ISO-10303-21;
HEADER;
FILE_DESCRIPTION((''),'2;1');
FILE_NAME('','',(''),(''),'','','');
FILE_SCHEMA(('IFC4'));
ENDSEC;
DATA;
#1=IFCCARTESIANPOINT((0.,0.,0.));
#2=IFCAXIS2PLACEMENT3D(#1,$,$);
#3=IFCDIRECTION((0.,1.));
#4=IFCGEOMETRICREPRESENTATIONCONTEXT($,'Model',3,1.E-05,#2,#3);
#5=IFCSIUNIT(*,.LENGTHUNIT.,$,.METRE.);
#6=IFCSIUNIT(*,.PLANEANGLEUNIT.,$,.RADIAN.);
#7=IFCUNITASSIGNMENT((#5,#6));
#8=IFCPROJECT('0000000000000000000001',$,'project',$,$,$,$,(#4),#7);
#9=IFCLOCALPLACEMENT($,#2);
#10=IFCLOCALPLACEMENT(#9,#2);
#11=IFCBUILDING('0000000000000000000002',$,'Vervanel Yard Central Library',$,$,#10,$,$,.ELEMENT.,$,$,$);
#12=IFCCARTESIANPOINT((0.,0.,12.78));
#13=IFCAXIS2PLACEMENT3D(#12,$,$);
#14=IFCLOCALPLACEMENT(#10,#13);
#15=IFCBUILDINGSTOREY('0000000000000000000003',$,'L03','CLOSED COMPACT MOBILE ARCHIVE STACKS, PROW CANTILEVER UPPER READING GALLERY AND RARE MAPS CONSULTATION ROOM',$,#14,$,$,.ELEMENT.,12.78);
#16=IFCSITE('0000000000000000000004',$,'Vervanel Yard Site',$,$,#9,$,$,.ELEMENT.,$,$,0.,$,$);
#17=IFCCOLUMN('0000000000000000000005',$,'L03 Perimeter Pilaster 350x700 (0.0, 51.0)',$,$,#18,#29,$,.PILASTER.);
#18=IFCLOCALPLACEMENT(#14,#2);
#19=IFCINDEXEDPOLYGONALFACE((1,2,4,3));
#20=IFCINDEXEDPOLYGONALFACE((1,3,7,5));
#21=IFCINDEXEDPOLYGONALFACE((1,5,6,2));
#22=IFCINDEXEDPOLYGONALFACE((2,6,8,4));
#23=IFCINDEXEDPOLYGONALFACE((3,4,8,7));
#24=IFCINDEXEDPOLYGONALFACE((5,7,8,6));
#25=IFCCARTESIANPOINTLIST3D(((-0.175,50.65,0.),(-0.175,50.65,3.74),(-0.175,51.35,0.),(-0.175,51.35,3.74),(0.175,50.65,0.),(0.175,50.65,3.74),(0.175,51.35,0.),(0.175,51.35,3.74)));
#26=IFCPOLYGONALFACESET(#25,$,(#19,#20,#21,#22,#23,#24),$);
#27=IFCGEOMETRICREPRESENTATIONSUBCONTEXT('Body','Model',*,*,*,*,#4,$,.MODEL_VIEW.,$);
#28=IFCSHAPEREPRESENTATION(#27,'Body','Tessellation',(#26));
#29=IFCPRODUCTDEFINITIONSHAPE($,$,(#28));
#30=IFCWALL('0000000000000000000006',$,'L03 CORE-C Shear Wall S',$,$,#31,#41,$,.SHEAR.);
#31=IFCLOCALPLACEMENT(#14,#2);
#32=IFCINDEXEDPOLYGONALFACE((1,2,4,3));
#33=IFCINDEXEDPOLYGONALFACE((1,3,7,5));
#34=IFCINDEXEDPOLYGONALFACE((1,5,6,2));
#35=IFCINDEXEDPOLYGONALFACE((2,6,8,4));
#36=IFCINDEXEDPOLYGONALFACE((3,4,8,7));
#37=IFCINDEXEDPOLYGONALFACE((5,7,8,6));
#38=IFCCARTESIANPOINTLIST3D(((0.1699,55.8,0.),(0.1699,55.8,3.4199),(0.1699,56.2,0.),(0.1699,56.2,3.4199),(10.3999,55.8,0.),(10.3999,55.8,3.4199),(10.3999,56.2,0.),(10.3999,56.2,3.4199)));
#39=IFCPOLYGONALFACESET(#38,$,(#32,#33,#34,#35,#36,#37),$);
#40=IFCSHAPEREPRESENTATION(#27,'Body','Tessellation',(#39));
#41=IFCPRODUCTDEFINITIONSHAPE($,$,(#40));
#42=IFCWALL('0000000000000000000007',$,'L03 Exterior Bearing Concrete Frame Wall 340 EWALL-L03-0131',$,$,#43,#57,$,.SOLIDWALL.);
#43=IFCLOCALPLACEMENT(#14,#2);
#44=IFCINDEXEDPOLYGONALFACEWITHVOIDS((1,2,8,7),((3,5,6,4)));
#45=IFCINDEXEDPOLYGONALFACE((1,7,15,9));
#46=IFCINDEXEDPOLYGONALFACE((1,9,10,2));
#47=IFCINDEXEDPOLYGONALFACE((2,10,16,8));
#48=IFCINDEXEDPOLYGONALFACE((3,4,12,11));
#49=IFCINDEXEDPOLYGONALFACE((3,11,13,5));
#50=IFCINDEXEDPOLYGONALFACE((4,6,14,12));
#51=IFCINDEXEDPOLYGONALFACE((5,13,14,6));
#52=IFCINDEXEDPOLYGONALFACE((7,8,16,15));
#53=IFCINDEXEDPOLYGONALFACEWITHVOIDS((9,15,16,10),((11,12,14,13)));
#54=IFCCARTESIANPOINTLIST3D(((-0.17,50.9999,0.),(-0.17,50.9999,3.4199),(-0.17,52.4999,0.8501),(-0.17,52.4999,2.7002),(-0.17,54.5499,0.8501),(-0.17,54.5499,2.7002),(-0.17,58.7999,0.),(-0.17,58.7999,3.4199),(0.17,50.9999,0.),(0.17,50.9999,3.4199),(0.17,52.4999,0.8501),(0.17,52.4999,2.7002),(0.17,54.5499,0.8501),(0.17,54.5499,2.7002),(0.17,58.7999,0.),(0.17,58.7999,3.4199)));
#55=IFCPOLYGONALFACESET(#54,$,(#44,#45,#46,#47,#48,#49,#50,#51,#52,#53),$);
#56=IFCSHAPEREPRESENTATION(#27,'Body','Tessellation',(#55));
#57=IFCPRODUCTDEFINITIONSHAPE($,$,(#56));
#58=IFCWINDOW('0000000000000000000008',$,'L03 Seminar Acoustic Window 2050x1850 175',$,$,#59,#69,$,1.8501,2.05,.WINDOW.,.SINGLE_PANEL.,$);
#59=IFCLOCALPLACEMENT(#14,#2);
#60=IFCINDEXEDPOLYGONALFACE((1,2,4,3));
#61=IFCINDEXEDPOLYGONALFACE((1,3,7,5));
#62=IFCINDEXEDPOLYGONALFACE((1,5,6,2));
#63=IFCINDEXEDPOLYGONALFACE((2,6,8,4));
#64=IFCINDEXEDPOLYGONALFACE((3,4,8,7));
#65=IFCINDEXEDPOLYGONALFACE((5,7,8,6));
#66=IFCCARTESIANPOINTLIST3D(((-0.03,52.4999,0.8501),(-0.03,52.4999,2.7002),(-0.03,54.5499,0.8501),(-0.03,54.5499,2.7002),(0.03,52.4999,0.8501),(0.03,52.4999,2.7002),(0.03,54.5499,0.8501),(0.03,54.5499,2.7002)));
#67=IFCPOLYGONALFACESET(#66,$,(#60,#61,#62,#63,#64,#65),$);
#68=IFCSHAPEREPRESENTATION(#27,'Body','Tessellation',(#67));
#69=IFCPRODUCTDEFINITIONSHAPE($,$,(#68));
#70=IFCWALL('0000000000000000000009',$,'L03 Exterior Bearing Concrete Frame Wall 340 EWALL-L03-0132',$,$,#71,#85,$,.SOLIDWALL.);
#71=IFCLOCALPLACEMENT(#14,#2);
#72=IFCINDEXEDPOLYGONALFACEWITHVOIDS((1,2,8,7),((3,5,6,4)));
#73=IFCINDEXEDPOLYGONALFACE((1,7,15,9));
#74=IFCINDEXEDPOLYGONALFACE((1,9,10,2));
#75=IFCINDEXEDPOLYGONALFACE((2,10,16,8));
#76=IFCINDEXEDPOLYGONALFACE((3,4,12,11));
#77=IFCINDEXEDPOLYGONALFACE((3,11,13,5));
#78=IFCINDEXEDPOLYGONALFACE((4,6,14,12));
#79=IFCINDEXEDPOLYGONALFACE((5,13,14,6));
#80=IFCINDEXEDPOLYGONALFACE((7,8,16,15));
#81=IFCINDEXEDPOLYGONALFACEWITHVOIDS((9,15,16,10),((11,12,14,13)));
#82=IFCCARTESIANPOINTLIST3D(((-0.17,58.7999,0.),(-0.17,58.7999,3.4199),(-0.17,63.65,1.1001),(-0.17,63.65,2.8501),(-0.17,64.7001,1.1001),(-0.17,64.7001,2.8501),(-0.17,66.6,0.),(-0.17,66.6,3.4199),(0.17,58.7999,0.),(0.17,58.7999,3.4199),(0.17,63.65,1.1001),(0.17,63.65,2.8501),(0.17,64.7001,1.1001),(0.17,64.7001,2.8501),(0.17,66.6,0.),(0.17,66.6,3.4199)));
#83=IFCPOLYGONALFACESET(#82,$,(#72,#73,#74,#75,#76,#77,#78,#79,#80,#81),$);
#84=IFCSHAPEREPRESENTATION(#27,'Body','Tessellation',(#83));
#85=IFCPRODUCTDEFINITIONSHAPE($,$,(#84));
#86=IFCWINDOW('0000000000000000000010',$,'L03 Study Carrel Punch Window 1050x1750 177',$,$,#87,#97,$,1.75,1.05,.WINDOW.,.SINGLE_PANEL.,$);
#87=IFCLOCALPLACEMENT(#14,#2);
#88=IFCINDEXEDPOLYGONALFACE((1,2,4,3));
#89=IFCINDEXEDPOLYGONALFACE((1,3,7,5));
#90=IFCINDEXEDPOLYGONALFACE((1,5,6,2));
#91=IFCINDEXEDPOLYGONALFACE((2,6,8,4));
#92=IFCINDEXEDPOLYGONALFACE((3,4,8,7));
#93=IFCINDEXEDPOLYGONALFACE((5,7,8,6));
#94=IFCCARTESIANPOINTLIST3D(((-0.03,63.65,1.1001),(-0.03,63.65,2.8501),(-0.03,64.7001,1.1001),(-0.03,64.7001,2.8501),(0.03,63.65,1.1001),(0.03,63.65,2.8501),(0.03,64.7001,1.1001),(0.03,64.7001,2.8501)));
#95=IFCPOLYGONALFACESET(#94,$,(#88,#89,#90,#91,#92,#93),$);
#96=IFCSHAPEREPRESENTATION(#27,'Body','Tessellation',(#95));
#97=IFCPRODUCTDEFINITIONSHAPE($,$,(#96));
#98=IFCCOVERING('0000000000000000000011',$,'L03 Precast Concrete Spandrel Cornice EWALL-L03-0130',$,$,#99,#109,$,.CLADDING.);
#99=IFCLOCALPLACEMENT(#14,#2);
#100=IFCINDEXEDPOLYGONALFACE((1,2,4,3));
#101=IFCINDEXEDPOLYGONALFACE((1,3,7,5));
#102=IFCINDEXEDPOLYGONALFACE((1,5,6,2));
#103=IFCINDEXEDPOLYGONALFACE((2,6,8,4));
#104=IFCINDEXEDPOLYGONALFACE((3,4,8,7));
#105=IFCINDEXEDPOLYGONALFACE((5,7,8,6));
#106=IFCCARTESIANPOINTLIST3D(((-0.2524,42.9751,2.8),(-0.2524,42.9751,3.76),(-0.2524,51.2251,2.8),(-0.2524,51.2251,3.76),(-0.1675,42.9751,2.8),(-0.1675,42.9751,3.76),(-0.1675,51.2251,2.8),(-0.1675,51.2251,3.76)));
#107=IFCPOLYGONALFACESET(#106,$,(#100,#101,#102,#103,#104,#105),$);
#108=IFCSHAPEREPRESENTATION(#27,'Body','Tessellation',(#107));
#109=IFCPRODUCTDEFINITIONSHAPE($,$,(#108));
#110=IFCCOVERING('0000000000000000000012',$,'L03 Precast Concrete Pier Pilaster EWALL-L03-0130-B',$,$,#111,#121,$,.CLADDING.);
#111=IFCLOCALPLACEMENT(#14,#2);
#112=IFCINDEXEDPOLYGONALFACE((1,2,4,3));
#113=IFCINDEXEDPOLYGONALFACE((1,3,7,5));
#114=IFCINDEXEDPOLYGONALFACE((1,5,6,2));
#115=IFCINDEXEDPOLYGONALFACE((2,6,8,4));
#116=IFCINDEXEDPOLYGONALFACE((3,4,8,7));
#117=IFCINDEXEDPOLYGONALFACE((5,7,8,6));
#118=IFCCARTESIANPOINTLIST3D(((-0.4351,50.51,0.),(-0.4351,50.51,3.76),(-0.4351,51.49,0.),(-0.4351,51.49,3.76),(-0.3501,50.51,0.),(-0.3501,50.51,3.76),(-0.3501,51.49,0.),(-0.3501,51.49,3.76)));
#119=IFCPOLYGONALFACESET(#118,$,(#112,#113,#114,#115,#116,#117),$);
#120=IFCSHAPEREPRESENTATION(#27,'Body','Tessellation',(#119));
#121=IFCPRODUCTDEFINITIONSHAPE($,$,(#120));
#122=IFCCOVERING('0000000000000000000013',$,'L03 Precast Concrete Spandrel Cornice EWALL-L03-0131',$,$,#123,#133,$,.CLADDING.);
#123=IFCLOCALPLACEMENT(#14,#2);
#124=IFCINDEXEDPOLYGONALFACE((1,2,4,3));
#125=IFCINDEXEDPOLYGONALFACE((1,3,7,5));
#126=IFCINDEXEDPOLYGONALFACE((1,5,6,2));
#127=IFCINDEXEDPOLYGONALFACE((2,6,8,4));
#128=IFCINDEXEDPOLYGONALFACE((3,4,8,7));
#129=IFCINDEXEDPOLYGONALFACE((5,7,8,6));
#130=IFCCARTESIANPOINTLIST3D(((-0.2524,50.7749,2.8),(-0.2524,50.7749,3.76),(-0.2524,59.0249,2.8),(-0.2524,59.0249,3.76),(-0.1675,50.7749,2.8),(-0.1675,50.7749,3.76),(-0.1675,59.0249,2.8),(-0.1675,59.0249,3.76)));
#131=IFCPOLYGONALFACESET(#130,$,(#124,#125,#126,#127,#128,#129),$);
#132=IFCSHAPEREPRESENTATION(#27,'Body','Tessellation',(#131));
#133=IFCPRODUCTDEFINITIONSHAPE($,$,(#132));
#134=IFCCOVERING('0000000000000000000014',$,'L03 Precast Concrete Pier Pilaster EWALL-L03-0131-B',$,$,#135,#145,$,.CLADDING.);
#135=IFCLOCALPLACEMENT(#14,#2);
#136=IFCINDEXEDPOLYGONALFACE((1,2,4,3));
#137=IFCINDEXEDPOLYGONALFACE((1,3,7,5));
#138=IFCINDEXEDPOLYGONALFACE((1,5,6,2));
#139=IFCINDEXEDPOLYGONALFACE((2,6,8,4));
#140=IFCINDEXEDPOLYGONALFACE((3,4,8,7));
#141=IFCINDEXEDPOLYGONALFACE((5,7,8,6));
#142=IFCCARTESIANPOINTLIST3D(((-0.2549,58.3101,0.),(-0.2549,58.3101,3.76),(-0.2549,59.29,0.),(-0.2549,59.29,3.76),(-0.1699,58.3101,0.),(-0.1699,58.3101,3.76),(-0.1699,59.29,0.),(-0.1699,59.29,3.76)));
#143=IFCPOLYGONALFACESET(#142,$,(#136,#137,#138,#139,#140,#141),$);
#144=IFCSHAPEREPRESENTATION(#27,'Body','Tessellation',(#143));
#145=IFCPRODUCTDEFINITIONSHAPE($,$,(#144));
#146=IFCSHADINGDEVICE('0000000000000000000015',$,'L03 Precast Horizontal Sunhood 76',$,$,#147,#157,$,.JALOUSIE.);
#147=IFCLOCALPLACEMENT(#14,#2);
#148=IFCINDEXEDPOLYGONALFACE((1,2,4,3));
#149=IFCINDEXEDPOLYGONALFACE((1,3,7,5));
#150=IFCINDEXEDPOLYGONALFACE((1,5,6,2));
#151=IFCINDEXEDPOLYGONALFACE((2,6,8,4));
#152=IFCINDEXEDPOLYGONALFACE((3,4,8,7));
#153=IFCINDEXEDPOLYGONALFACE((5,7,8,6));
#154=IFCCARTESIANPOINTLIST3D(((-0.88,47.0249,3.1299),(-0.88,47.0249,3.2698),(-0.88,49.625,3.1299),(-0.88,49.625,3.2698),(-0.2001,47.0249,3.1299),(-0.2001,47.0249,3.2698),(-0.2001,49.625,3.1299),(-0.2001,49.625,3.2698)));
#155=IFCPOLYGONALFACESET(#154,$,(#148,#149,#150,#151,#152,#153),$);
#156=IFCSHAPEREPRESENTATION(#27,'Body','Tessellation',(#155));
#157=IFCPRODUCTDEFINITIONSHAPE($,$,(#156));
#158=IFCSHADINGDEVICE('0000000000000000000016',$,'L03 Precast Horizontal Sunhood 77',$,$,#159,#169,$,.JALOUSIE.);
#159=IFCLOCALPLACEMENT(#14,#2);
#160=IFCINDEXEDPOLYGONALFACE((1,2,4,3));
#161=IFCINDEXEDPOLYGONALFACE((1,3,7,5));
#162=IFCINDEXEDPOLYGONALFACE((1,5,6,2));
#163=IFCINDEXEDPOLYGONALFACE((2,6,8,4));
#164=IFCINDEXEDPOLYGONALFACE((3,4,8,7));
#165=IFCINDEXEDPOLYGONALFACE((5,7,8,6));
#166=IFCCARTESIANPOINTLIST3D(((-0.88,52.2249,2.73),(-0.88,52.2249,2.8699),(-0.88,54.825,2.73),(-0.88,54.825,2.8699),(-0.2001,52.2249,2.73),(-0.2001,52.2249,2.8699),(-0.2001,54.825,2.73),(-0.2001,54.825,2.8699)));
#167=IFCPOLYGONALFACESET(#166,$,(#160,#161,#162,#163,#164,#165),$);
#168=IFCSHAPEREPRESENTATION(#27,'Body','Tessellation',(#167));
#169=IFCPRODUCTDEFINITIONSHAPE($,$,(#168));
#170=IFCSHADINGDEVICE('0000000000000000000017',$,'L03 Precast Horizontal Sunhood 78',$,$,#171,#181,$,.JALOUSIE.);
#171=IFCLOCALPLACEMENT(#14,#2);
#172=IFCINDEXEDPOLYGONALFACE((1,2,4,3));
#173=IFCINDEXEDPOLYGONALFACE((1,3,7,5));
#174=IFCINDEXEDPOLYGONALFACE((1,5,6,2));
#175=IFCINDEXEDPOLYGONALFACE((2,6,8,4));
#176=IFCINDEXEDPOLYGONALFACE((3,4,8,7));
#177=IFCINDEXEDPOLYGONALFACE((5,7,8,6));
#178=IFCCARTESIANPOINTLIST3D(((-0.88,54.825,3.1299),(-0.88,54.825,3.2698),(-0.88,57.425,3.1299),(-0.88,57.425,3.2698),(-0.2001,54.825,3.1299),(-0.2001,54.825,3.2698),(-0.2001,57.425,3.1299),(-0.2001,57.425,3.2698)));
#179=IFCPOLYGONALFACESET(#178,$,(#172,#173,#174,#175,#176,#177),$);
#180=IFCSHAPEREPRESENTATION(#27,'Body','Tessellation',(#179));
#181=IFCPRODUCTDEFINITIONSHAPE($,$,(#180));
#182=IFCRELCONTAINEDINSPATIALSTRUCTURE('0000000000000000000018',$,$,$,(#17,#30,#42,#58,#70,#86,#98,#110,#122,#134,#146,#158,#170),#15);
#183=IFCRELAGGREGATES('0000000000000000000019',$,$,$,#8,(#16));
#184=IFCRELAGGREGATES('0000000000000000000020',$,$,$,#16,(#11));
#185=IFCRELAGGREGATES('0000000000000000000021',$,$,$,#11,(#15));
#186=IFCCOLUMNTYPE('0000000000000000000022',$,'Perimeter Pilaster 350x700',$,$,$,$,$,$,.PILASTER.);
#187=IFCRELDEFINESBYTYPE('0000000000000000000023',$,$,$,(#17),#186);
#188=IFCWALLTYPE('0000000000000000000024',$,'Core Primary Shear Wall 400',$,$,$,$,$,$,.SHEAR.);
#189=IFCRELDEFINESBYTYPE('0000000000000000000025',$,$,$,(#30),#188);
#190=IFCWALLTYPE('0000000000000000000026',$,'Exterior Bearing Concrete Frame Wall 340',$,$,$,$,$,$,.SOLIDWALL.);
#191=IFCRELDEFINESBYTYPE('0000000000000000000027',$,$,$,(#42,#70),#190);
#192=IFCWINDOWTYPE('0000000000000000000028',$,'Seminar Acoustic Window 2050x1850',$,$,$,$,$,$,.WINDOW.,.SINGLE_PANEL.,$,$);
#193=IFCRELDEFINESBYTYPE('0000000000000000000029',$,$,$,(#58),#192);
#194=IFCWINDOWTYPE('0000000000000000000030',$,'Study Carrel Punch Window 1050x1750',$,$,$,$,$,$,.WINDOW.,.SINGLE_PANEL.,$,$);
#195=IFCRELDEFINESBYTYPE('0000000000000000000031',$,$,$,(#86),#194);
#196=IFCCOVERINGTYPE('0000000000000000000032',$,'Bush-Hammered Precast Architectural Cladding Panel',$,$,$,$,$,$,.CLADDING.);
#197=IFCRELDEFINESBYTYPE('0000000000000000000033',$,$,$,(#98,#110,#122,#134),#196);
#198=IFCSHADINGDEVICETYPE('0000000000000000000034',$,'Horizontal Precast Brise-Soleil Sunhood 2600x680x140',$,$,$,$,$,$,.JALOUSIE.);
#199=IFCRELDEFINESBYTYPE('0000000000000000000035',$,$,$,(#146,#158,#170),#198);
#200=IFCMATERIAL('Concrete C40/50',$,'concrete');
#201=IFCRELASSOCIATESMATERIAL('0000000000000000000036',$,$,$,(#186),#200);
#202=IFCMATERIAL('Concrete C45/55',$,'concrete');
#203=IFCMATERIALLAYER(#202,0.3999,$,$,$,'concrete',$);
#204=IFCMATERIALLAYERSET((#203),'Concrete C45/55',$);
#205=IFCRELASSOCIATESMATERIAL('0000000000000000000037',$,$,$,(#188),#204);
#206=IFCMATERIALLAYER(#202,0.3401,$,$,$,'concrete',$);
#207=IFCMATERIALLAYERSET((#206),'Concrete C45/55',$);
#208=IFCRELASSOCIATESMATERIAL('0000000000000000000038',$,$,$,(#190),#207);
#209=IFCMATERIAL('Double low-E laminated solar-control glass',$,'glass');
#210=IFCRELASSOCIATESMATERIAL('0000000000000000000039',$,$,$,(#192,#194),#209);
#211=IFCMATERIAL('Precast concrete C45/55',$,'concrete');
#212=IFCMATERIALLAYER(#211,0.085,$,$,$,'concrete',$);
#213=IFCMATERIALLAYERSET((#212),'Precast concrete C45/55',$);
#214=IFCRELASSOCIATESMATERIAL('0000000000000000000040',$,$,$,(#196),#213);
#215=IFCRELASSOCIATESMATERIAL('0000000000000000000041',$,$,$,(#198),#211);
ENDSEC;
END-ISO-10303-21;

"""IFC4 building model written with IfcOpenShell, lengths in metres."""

from ifc_helpers import new_model, si_unit, direction, frame, frame_2d, origin, origin_2d, place, context, subcontext, project, spatial, rectangle, extrude, material, layer, layer_set, material_profile, profile_set, type_object, element, fill, save


model = new_model("IFC4")

# Units and contexts
model_context = context("Model", 3, precision=1e-05, world=origin(), true_north=direction((0.0, 1.0)))
body_context = subcontext(model_context, "Body", "Model", "MODEL_VIEW")
ifc_project = project(units=[si_unit("LENGTHUNIT", "METRE"), si_unit("PLANEANGLEUNIT", "RADIAN")], contexts=[model_context])

# Site, building, storey
site_placement = place(None, origin())
site = spatial("IfcSite", under=ifc_project, at=site_placement, Name="Vervanel Yard Site", CompositionType="ELEMENT", RefElevation=0.0)
building_placement = place(site_placement, origin())
building = spatial("IfcBuilding", under=site, at=building_placement, Name="Vervanel Yard Central Library", CompositionType="ELEMENT")
storey_placement = place(building_placement, frame((0.0, 0.0, 12.78)))
storey = spatial("IfcBuildingStorey", under=building, at=storey_placement, Name="L03", Description="CLOSED COMPACT MOBILE ARCHIVE STACKS, PROW CANTILEVER UPPER READING GALLERY AND RARE MAPS CONSULTATION ROOM", CompositionType="ELEMENT", Elevation=12.78)

# Column
ifc_material_1 = material(Name="Concrete C40/50", Category="concrete")
ifc_material_profile = material_profile(ifc_material_1, rectangle(XDim=0.3501, YDim=0.7, at=origin_2d()), Name="RC 350x700", Category="concrete")
ifc_profile_set = profile_set([ifc_material_profile], Name="Concrete C40/50")
column_type = type_object("IfcColumnType", Name="Perimeter Pilaster 350x700", PredefinedType="PILASTER", material=ifc_profile_set)
column_placement = place(storey_placement, frame((0.0, 51.0, 0.0), z_axis=(0.0, 0.0, 1.0), x_axis=(1.0, 0.0, 0.0)))
element("IfcColumn", 1, at=column_placement, inside=storey, type_object=column_type, Name="L03 Perimeter Pilaster 350x700 (0.0, 51.0)", PredefinedType="PILASTER", context=body_context, shape_type="SweptSolid", body=[
    extrude(rectangle(XDim=0.3501, YDim=0.7, at=origin_2d()), origin(), (0.0, 0.0, 1.0), 3.74),
])

# Wall
ifc_material_2 = material(Name="Concrete C45/55", Category="concrete")
ifc_layer_1 = layer(ifc_material_2, 0.3999, Category="concrete")
ifc_layer_set_1 = layer_set([ifc_layer_1], Name="Concrete C45/55")
wall_type_1 = type_object("IfcWallType", Name="Core Primary Shear Wall 400", PredefinedType="SHEAR", material=ifc_layer_set_1)
wall_1_placement = place(storey_placement, frame((0.1699, 56.0, 0.0), z_axis=(0.0, 0.0, 1.0), x_axis=(1.0, 0.0, 0.0)))
element("IfcWall", 2, at=wall_1_placement, inside=storey, type_object=wall_type_1, Name="L03 CORE-C Shear Wall S", PredefinedType="SHEAR", context=body_context, shape_type="SweptSolid", body=[
    extrude(rectangle(XDim=10.23, YDim=0.3999, at=frame_2d((5.115, 0.0))), origin(), (0.0, 0.0, 1.0), 3.4199),
])

# Walls, openings, windows
ifc_layer_2 = layer(ifc_material_2, 0.3401, Category="concrete")
ifc_layer_set_2 = layer_set([ifc_layer_2], Name="Concrete C45/55")
wall_type_2 = type_object("IfcWallType", Name="Exterior Bearing Concrete Frame Wall 340", PredefinedType="SOLIDWALL", material=ifc_layer_set_2)
wall_2_placement = place(storey_placement, frame((0.0, 51.0, 0.0), z_axis=(0.0, 0.0, 1.0), x_axis=(0.0, 1.0, 0.0)))
wall_2 = element("IfcWall", 3, at=wall_2_placement, inside=storey, type_object=wall_type_2, Name="L03 Exterior Bearing Concrete Frame Wall 340 EWALL-L03-0131", PredefinedType="SOLIDWALL", context=body_context, shape_type="SweptSolid", body=[
    extrude(rectangle(XDim=7.8, YDim=0.3401, at=frame_2d((3.8999, 0.0))), origin(), (0.0, 0.0, 1.0), 3.4199),
])
opening_1_placement = place(wall_2_placement, frame((1.5, 0.0, 0.8501)))
opening_1 = element("IfcOpeningElement", 4, at=opening_1_placement, cuts=wall_2, PredefinedType="OPENING", context=body_context, shape_type="SweptSolid", body=[
    extrude(rectangle(XDim=2.05, YDim=1.8501, at=frame_2d((1.0249, 0.925))), frame((0.0, 0.1799, 0.0), z_axis=(0.0, -1.0, 0.0), x_axis=(1.0, 0.0, 0.0)), (0.0, 0.0, 1.0), 0.3601),
])
ifc_material_3 = material(Name="Double low-E laminated solar-control glass", Category="glass")
window_type_1 = type_object("IfcWindowType", Name="Seminar Acoustic Window 2050x1850", PartitioningType="SINGLE_PANEL", PredefinedType="WINDOW", material=ifc_material_3)
window_1_placement = place(opening_1_placement, origin())
window_1 = element("IfcWindow", 5, at=window_1_placement, inside=storey, type_object=window_type_1, Name="L03 Seminar Acoustic Window 2050x1850 175", OverallHeight=1.8501, OverallWidth=2.05, PartitioningType="SINGLE_PANEL", PredefinedType="WINDOW", context=body_context, shape_type="SweptSolid", body=[
    extrude(rectangle(XDim=2.05, YDim=1.8501, at=frame_2d((1.0249, 0.925))), frame((0.0, 0.03, 0.0), z_axis=(0.0, -1.0, 0.0), x_axis=(1.0, 0.0, 0.0)), (0.0, 0.0, 1.0), 0.0601),
])
fill(opening_1, window_1)
wall_3_placement = place(storey_placement, frame((0.0, 58.8, 0.0), z_axis=(0.0, 0.0, 1.0), x_axis=(0.0, 1.0, 0.0)))
wall_3 = element("IfcWall", 6, at=wall_3_placement, inside=storey, type_object=wall_type_2, Name="L03 Exterior Bearing Concrete Frame Wall 340 EWALL-L03-0132", PredefinedType="SOLIDWALL", context=body_context, shape_type="SweptSolid", body=[
    extrude(rectangle(XDim=7.8, YDim=0.3401, at=frame_2d((3.8999, 0.0))), origin(), (0.0, 0.0, 1.0), 3.4199),
])
opening_2_placement = place(wall_3_placement, frame((4.8501, 0.0, 1.1001)))
opening_2 = element("IfcOpeningElement", 7, at=opening_2_placement, cuts=wall_3, PredefinedType="OPENING", context=body_context, shape_type="SweptSolid", body=[
    extrude(rectangle(XDim=1.05, YDim=1.75, at=frame_2d((0.5249, 0.875))), frame((0.0, 0.1799, 0.0), z_axis=(0.0, -1.0, 0.0), x_axis=(1.0, 0.0, 0.0)), (0.0, 0.0, 1.0), 0.3601),
])
window_type_2 = type_object("IfcWindowType", Name="Study Carrel Punch Window 1050x1750", PartitioningType="SINGLE_PANEL", PredefinedType="WINDOW", material=ifc_material_3)
window_2_placement = place(opening_2_placement, origin())
window_2 = element("IfcWindow", 8, at=window_2_placement, inside=storey, type_object=window_type_2, Name="L03 Study Carrel Punch Window 1050x1750 177", OverallHeight=1.75, OverallWidth=1.05, PartitioningType="SINGLE_PANEL", PredefinedType="WINDOW", context=body_context, shape_type="SweptSolid", body=[
    extrude(rectangle(XDim=1.05, YDim=1.75, at=frame_2d((0.5249, 0.875))), frame((0.0, 0.03, 0.0), z_axis=(0.0, -1.0, 0.0), x_axis=(1.0, 0.0, 0.0)), (0.0, 0.0, 1.0), 0.0601),
])
fill(opening_2, window_2)

# Coverings
ifc_material_4 = material(Name="Precast concrete C45/55", Category="concrete")
ifc_layer_3 = layer(ifc_material_4, 0.085, Category="concrete")
ifc_layer_set_3 = layer_set([ifc_layer_3], Name="Precast concrete C45/55")
covering_type = type_object("IfcCoveringType", Name="Bush-Hammered Precast Architectural Cladding Panel", PredefinedType="CLADDING", material=ifc_layer_set_3)
covering_1_placement = place(storey_placement, frame((-0.21, 47.1001, 2.8), z_axis=(0.0, 0.0, 1.0), x_axis=(0.0, 1.0, 0.0)))
element("IfcCovering", 9, at=covering_1_placement, inside=storey, type_object=covering_type, Name="L03 Precast Concrete Spandrel Cornice EWALL-L03-0130", PredefinedType="CLADDING", context=body_context, shape_type="SweptSolid", body=[
    extrude(rectangle(XDim=8.25, YDim=0.085, at=origin_2d()), origin(), (0.0, 0.0, 1.0), 0.96),
])
covering_2_placement = place(storey_placement, frame((-0.3926, 51.0, 0.0), z_axis=(0.0, 0.0, 1.0), x_axis=(0.0, 1.0, 0.0)))
element("IfcCovering", 10, at=covering_2_placement, inside=storey, type_object=covering_type, Name="L03 Precast Concrete Pier Pilaster EWALL-L03-0130-B", PredefinedType="CLADDING", context=body_context, shape_type="SweptSolid", body=[
    extrude(rectangle(XDim=0.98, YDim=0.085, at=origin_2d()), origin(), (0.0, 0.0, 1.0), 3.76),
])
covering_3_placement = place(storey_placement, frame((-0.21, 54.8999, 2.8), z_axis=(0.0, 0.0, 1.0), x_axis=(0.0, 1.0, 0.0)))
element("IfcCovering", 11, at=covering_3_placement, inside=storey, type_object=covering_type, Name="L03 Precast Concrete Spandrel Cornice EWALL-L03-0131", PredefinedType="CLADDING", context=body_context, shape_type="SweptSolid", body=[
    extrude(rectangle(XDim=8.25, YDim=0.085, at=origin_2d()), origin(), (0.0, 0.0, 1.0), 0.96),
])
covering_4_placement = place(storey_placement, frame((-0.2124, 58.8, 0.0), z_axis=(0.0, 0.0, 1.0), x_axis=(0.0, 1.0, 0.0)))
element("IfcCovering", 12, at=covering_4_placement, inside=storey, type_object=covering_type, Name="L03 Precast Concrete Pier Pilaster EWALL-L03-0131-B", PredefinedType="CLADDING", context=body_context, shape_type="SweptSolid", body=[
    extrude(rectangle(XDim=0.98, YDim=0.085, at=origin_2d()), origin(), (0.0, 0.0, 1.0), 3.76),
])

# Shading devices
shading_device_type_1 = type_object("IfcShadingDeviceType", Name="Horizontal Precast Brise-Soleil Sunhood 2600x680x140", PredefinedType="JALOUSIE", material=ifc_material_4)
for number, where, z_axis, x_axis, name in (
    (13, (-0.54, 48.325, 3.1299), (0.0, 0.0, 1.0), (0.0, 1.0, 0.0), "L03 Precast Horizontal Sunhood 76"),
    (14, (-0.54, 53.5249, 2.73), (0.0, 0.0, 1.0), (0.0, 1.0, 0.0), "L03 Precast Horizontal Sunhood 77"),
    (15, (-0.54, 56.125, 3.1299), (0.0, 0.0, 1.0), (0.0, 1.0, 0.0), "L03 Precast Horizontal Sunhood 78"),
):
    element("IfcShadingDevice", number, at=place(storey_placement, frame(where, z_axis=z_axis, x_axis=x_axis)), inside=storey, type_object=shading_device_type_1, Name=name, PredefinedType="JALOUSIE", context=body_context, shape_type="SweptSolid", body=[
        extrude(rectangle(XDim=2.6001, YDim=0.6799, at=origin_2d()), origin(), (0.0, 0.0, 1.0), 0.1399),
    ])

save(model, "model.ifc")
